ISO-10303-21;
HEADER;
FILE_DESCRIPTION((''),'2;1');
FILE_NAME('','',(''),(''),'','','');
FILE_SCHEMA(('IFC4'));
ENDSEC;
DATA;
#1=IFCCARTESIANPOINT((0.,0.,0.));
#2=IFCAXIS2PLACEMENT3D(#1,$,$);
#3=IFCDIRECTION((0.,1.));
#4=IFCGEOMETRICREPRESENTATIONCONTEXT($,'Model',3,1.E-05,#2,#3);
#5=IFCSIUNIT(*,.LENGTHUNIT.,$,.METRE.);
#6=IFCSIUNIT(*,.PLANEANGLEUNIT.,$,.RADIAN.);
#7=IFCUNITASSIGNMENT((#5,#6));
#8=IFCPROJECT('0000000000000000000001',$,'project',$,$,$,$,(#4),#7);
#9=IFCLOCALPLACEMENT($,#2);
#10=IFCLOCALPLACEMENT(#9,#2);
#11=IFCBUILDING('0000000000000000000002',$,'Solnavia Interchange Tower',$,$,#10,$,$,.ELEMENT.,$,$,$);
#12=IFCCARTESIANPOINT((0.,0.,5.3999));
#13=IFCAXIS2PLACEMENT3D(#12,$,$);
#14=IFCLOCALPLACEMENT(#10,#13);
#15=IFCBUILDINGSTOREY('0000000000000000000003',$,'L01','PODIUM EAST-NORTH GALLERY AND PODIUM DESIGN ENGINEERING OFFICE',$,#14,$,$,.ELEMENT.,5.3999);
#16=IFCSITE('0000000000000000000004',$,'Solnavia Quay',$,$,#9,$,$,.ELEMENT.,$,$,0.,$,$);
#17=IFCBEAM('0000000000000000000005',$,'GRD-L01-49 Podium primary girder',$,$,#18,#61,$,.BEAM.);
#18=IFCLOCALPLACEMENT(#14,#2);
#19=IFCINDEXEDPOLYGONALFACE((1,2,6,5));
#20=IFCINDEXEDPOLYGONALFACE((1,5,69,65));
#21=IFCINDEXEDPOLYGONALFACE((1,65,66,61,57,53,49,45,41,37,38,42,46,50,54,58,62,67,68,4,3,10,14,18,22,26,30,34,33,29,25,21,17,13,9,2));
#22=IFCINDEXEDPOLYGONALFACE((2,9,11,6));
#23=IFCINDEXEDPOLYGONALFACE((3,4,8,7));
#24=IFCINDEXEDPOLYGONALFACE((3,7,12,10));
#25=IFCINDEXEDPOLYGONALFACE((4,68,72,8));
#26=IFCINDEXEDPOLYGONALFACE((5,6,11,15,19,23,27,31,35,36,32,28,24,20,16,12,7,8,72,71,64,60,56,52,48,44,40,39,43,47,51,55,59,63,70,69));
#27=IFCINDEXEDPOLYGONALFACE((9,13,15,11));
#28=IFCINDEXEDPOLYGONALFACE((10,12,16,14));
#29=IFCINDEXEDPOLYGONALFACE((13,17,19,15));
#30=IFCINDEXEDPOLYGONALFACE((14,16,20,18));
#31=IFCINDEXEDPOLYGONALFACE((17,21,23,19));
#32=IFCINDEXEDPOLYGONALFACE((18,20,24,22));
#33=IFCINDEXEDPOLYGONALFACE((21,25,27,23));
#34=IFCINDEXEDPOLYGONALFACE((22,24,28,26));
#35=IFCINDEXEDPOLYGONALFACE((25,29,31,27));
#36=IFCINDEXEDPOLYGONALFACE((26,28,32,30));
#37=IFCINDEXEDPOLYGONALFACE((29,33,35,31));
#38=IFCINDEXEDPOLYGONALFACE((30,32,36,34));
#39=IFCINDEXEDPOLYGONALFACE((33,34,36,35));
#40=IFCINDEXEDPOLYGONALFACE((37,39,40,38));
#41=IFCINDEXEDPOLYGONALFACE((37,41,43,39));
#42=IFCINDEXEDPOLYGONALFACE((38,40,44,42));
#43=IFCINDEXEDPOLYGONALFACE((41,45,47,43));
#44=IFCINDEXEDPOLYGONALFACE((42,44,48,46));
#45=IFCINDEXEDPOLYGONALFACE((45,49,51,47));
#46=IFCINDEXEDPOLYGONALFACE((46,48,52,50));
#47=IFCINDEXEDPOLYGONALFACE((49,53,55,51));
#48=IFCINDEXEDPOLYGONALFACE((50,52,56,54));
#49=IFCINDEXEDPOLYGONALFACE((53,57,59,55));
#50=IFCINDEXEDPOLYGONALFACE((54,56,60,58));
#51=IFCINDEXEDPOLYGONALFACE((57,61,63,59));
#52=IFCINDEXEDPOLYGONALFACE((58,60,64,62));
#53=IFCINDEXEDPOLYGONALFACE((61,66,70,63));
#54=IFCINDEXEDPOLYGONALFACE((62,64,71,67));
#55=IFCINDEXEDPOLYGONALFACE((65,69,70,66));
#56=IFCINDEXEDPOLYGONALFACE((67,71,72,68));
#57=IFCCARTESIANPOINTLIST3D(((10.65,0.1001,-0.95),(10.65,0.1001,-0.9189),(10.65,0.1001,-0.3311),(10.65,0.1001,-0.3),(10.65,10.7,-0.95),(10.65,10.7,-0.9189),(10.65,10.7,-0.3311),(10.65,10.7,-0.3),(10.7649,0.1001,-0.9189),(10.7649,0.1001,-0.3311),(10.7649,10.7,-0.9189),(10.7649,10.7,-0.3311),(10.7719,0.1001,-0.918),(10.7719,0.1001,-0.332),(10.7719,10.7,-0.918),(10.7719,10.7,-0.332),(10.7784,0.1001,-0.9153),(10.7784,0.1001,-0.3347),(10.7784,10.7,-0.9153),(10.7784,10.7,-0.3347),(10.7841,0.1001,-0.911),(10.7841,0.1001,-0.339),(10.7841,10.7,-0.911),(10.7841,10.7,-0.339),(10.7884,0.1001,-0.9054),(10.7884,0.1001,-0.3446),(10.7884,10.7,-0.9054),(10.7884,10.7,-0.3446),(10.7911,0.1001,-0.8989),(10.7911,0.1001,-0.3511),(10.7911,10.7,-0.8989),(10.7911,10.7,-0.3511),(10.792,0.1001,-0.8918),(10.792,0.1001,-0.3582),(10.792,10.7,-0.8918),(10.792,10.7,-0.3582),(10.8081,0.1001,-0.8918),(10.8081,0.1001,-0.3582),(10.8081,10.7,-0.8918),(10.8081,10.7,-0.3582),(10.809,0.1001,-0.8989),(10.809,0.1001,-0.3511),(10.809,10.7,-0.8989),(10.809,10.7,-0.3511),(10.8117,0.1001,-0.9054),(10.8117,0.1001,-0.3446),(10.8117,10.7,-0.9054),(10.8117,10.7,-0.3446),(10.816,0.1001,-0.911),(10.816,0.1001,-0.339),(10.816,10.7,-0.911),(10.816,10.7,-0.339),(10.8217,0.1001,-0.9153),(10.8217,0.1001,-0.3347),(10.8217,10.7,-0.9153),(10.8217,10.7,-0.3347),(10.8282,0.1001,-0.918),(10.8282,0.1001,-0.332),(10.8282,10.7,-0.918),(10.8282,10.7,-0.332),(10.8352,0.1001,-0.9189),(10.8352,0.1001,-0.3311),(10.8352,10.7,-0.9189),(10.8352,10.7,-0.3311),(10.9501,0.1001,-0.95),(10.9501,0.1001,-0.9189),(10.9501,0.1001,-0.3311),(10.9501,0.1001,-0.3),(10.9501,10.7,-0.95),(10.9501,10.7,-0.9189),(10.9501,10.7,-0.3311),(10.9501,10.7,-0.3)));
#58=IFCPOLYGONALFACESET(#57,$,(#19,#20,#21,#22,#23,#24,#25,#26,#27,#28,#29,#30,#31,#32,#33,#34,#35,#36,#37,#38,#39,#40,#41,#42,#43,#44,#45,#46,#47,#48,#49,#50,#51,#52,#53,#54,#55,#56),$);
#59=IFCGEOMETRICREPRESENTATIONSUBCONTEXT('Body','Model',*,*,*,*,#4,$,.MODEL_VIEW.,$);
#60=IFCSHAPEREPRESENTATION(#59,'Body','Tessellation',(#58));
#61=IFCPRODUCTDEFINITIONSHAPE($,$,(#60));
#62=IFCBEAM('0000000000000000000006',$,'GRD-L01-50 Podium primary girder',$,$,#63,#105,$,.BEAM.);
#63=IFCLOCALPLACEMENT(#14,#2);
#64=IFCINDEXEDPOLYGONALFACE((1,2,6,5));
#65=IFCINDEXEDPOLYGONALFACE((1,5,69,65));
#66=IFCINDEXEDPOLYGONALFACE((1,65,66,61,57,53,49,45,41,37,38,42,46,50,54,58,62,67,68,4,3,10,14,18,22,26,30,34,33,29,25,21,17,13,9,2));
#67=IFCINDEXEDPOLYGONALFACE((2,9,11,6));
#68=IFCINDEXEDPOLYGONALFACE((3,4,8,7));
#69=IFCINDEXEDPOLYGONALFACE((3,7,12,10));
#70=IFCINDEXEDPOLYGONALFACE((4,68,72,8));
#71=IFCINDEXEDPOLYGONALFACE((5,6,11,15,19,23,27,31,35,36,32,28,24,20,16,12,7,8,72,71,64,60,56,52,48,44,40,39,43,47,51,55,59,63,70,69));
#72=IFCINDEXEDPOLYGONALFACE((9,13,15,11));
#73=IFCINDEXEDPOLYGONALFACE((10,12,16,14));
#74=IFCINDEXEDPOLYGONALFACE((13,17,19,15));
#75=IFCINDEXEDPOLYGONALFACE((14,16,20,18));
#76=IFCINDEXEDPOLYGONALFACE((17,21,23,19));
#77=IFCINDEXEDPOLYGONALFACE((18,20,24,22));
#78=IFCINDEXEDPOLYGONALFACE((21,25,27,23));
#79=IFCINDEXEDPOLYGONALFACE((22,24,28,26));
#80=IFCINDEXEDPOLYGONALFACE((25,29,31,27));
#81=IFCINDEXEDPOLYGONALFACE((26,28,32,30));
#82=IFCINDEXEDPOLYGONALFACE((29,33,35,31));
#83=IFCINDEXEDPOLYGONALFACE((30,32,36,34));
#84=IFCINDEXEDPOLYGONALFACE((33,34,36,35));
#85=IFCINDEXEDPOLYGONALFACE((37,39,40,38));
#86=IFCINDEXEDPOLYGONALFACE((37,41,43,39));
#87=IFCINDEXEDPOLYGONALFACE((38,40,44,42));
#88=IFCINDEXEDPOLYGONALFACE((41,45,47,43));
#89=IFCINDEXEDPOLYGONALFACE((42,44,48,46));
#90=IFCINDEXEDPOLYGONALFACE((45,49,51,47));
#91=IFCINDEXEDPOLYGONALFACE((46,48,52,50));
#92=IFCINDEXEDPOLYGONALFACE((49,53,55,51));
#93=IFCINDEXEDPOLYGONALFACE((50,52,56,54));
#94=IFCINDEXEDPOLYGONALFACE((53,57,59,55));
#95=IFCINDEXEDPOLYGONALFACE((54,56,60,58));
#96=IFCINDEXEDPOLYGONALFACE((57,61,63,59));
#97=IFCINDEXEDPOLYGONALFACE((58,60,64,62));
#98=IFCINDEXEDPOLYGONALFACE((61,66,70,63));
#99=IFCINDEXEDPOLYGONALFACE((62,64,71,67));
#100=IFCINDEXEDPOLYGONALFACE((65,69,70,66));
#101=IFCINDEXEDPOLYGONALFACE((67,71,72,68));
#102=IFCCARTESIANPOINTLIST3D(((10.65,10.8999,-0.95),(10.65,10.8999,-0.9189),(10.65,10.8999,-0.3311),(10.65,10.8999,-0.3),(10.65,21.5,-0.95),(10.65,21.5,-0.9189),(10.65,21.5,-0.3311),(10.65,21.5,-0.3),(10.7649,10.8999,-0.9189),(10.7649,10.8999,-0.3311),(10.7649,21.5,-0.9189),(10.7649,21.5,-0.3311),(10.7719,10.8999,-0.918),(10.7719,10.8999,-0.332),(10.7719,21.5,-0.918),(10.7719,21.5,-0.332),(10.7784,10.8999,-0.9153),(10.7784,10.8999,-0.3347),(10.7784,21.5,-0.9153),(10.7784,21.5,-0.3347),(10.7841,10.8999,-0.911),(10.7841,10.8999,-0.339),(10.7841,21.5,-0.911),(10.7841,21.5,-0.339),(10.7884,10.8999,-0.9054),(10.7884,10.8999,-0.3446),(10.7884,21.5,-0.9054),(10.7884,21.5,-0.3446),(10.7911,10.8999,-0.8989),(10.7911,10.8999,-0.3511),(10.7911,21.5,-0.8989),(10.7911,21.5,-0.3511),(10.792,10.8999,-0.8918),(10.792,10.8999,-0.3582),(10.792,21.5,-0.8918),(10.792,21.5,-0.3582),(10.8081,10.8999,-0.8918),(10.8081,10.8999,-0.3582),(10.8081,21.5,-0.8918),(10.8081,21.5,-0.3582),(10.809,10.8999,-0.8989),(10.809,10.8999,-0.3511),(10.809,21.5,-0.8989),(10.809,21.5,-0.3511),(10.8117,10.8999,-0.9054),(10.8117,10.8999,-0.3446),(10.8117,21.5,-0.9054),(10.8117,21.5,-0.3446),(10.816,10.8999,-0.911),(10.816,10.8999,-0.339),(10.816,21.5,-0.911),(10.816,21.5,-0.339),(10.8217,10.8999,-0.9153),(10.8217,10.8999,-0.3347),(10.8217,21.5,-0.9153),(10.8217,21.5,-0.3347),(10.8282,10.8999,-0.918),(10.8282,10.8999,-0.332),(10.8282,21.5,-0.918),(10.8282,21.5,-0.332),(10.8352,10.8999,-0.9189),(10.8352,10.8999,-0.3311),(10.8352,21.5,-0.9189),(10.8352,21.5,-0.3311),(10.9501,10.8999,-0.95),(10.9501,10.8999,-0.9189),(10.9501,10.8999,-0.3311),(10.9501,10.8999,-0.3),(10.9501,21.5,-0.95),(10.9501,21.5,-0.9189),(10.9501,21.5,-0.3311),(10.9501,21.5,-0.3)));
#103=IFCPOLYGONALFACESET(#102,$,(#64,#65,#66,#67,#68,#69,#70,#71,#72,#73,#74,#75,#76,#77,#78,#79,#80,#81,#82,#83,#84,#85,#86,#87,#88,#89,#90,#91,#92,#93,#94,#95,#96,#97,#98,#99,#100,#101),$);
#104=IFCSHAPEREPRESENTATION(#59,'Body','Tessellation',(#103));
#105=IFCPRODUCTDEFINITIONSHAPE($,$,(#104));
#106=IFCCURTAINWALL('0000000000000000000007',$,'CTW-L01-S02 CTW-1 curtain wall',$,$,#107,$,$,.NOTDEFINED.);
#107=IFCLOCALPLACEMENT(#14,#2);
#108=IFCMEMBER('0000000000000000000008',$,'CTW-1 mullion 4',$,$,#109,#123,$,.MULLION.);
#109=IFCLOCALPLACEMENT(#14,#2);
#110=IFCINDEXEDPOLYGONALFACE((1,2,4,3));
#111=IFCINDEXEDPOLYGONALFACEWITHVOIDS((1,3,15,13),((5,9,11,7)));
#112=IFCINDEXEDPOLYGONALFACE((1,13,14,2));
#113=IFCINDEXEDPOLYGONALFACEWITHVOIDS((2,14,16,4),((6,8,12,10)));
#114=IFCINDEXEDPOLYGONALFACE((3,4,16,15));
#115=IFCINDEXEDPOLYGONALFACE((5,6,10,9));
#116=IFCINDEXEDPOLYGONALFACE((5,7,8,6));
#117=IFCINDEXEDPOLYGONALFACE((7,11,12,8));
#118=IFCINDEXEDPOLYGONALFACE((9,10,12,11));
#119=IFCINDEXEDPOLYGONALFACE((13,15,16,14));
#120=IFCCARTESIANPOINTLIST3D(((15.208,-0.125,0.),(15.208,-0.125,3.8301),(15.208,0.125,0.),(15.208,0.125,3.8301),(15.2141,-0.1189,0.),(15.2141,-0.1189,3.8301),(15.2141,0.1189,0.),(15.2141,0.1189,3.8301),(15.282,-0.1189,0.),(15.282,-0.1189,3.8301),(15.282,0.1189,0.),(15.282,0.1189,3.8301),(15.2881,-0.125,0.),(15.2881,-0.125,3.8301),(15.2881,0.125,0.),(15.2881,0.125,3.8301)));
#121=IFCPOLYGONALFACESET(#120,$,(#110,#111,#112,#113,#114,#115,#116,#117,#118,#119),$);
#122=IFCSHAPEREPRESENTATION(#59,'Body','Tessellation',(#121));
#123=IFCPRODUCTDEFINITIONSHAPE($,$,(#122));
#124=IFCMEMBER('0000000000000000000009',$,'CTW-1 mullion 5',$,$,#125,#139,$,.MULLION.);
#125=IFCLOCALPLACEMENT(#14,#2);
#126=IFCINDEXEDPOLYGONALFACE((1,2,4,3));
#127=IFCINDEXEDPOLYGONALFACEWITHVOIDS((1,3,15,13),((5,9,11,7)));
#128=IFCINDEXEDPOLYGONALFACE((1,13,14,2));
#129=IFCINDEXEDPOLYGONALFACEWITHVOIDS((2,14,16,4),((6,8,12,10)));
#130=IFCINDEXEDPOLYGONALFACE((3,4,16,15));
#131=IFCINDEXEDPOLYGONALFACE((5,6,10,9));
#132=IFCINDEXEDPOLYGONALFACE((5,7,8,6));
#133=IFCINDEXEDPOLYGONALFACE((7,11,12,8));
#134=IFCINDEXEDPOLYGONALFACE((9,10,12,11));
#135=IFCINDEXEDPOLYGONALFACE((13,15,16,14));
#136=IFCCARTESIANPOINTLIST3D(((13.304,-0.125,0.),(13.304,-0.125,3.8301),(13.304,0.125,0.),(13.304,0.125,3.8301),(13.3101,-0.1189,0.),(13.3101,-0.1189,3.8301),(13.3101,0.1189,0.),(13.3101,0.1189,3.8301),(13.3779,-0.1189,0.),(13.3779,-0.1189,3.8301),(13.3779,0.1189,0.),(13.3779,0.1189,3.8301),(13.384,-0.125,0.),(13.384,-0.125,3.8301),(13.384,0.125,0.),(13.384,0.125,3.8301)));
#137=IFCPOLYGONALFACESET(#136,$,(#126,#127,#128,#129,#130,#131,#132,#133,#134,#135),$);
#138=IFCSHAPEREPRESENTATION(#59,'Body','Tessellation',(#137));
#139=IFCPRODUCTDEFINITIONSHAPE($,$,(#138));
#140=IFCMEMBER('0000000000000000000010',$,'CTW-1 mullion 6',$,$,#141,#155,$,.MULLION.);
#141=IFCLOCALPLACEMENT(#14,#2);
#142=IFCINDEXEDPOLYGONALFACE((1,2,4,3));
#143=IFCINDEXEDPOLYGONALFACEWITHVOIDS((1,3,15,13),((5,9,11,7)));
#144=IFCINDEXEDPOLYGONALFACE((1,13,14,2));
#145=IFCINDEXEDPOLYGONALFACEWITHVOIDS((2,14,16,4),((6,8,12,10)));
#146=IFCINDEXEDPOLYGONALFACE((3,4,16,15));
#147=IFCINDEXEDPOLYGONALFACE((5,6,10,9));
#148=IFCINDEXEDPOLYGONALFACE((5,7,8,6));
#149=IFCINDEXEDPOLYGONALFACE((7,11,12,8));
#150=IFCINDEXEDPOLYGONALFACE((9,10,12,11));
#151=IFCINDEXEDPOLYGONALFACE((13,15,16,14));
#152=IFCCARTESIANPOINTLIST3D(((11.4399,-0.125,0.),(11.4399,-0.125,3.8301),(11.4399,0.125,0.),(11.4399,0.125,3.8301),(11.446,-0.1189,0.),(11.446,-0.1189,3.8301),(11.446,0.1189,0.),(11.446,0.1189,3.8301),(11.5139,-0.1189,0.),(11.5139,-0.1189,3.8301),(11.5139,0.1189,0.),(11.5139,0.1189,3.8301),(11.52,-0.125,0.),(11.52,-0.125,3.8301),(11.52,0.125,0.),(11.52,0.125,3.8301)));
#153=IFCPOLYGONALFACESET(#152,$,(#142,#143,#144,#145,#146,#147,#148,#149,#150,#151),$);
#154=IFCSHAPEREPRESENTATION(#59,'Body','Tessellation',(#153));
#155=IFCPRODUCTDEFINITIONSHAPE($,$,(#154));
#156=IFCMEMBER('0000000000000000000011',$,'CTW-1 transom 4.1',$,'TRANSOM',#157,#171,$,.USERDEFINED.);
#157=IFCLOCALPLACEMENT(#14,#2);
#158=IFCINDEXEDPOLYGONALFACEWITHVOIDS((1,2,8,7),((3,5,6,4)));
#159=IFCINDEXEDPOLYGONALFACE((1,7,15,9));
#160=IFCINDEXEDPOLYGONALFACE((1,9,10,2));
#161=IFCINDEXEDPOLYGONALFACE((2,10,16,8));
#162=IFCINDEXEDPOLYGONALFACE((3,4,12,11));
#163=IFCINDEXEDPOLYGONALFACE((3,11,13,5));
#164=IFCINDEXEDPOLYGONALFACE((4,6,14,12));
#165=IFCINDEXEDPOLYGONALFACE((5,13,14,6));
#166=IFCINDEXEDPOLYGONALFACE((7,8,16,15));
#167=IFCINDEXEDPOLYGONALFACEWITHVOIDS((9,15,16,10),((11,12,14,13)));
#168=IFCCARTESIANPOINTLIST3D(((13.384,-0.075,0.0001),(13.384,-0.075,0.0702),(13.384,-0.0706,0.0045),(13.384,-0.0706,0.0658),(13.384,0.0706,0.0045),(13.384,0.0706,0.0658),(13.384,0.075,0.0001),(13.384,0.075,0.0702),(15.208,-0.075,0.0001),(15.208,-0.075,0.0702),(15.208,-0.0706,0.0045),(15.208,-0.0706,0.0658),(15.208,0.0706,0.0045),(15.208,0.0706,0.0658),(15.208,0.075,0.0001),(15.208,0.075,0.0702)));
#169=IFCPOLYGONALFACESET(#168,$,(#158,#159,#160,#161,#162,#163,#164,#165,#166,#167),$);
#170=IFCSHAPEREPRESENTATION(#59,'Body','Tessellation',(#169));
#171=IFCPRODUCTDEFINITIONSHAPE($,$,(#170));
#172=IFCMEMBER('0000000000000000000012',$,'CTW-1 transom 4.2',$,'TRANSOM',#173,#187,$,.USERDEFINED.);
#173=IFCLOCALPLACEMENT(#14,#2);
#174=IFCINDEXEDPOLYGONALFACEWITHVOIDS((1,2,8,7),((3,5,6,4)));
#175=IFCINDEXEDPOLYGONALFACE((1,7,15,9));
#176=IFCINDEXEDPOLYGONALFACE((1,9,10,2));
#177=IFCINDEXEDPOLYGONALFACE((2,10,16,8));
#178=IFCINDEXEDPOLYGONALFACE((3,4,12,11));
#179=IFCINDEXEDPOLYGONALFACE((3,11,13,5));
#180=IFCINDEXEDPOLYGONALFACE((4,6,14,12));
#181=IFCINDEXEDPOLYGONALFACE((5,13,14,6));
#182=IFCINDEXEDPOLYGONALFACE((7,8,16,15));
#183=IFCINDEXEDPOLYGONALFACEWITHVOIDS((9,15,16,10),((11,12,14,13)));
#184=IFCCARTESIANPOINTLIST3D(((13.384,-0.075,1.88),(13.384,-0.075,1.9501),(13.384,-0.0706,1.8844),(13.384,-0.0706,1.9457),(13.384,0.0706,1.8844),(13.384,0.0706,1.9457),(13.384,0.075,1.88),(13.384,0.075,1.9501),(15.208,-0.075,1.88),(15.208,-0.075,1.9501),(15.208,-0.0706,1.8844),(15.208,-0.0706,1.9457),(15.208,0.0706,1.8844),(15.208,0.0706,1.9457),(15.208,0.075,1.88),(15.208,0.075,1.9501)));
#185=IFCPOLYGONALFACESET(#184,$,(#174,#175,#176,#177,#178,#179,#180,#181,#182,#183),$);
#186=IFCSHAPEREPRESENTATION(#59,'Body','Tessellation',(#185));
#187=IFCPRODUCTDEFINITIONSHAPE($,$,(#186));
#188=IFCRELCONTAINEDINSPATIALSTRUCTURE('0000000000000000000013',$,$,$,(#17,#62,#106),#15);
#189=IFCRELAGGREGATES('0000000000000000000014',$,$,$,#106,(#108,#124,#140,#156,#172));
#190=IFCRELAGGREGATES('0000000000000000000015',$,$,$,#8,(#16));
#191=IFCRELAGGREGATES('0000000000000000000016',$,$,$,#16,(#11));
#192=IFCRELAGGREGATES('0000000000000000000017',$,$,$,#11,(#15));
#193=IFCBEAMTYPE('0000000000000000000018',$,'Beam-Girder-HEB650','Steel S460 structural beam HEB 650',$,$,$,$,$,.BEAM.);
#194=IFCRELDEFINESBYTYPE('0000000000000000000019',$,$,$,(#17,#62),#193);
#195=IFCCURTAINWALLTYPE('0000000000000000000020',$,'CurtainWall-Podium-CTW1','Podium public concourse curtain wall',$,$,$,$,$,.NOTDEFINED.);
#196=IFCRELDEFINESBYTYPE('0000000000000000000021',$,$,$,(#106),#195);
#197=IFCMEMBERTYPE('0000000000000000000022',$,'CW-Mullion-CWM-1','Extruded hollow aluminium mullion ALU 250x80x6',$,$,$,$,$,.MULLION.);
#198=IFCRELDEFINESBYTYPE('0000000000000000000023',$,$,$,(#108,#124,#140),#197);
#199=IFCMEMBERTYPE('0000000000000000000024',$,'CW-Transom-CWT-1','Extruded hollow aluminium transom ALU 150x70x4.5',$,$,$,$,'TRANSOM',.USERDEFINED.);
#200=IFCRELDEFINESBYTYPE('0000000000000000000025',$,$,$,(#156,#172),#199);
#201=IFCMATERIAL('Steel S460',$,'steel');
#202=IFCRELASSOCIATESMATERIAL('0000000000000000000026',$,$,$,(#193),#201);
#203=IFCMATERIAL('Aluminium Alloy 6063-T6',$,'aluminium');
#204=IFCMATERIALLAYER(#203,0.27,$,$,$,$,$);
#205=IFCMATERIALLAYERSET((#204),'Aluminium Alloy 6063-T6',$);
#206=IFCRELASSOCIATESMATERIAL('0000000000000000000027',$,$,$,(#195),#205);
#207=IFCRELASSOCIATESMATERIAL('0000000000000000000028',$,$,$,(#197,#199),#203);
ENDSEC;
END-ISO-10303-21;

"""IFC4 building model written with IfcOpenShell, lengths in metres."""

from ifc_helpers import new_model, si_unit, direction, frame, origin, origin_2d, place, context, subcontext, project, spatial, hollow_rectangle, i_section, extrude, material, layer, layer_set, material_profile, profile_set, type_object, element, aggregate, save


model = new_model("IFC4")

# Units and contexts
model_context = context("Model", 3, precision=1e-05, world=origin(), true_north=direction((0.0, 1.0)))
body_context = subcontext(model_context, "Body", "Model", "MODEL_VIEW")
ifc_project = project(units=[si_unit("LENGTHUNIT", "METRE"), si_unit("PLANEANGLEUNIT", "RADIAN")], contexts=[model_context])

# Site, building, storey
site_placement = place(None, origin())
site = spatial("IfcSite", under=ifc_project, at=site_placement, Name="Solnavia Quay", CompositionType="ELEMENT", RefElevation=0.0)
building_placement = place(site_placement, origin())
building = spatial("IfcBuilding", under=site, at=building_placement, Name="Solnavia Interchange Tower", CompositionType="ELEMENT")
storey_placement = place(building_placement, frame((0.0, 0.0, 5.3999)))
storey = spatial("IfcBuildingStorey", under=building, at=storey_placement, Name="L01", Description="PODIUM EAST-NORTH GALLERY AND PODIUM DESIGN ENGINEERING OFFICE", CompositionType="ELEMENT", Elevation=5.3999)

# Beams
ifc_material_1 = material(Name="Steel S460", Category="steel")
ifc_material_profile_1 = material_profile(ifc_material_1, i_section(OverallWidth=0.3, OverallDepth=0.6499, WebThickness=0.0161, FlangeThickness=0.031, FilletRadius=0.0271, at=origin_2d()), Name="HEB 650")
ifc_profile_set_1 = profile_set([ifc_material_profile_1], Name="Steel S460")
beam_type = type_object("IfcBeamType", Name="Beam-Girder-HEB650", Description="Steel S460 structural beam HEB 650", PredefinedType="BEAM", material=ifc_profile_set_1)
beam_1_placement = place(storey_placement, frame((10.8, 0.1001, -0.625), z_axis=(0.0, 1.0, 0.0), x_axis=(-1.0, 0.0, 0.0)))
element("IfcBeam", 1, at=beam_1_placement, inside=storey, type_object=beam_type, Name="GRD-L01-49 Podium primary girder", PredefinedType="BEAM", context=body_context, shape_type="SweptSolid", body=[
    extrude(i_section(OverallWidth=0.3, OverallDepth=0.6499, WebThickness=0.0161, FlangeThickness=0.031, FilletRadius=0.0271, at=origin_2d()), origin(), (0.0, 0.0, 1.0), 10.5999),
])
beam_2_placement = place(storey_placement, frame((10.8, 10.8999, -0.625), z_axis=(0.0, 1.0, 0.0), x_axis=(-1.0, 0.0, 0.0)))
element("IfcBeam", 2, at=beam_2_placement, inside=storey, type_object=beam_type, Name="GRD-L01-50 Podium primary girder", PredefinedType="BEAM", context=body_context, shape_type="SweptSolid", body=[
    extrude(i_section(OverallWidth=0.3, OverallDepth=0.6499, WebThickness=0.0161, FlangeThickness=0.031, FilletRadius=0.0271, at=origin_2d()), origin(), (0.0, 0.0, 1.0), 10.6001),
])

# Curtain wall, members
ifc_material_2 = material(Name="Aluminium Alloy 6063-T6", Category="aluminium")
ifc_layer_1 = layer(ifc_material_2, 0.27)
ifc_layer_set_1 = layer_set([ifc_layer_1], Name="Aluminium Alloy 6063-T6")
curtain_wall_type = type_object("IfcCurtainWallType", Name="CurtainWall-Podium-CTW1", Description="Podium public concourse curtain wall", PredefinedType="NOTDEFINED", material=ifc_layer_set_1)
curtain_wall_placement = place(storey_placement, origin())
curtain_wall = element("IfcCurtainWall", 3, at=curtain_wall_placement, inside=storey, type_object=curtain_wall_type, Name="CTW-L01-S02 CTW-1 curtain wall", PredefinedType="NOTDEFINED")
ifc_material_profile_2 = material_profile(ifc_material_2, hollow_rectangle(XDim=0.0801, YDim=0.25, WallThickness=0.0061, at=origin_2d()), Name="ALU 250x80x6")
ifc_profile_set_2 = profile_set([ifc_material_profile_2], Name="Aluminium Alloy 6063-T6")
member_type_1 = type_object("IfcMemberType", Name="CW-Mullion-CWM-1", Description="Extruded hollow aluminium mullion ALU 250x80x6", PredefinedType="MULLION", material=ifc_profile_set_2)
member_1_placement = place(storey_placement, frame((15.248, 0.0, 0.0), z_axis=(0.0, 0.0, 1.0), x_axis=(-1.0, 0.0, 0.0)))
member_1 = element("IfcMember", 4, at=member_1_placement, type_object=member_type_1, Name="CTW-1 mullion 4", PredefinedType="MULLION", context=body_context, shape_type="SweptSolid", body=[
    extrude(hollow_rectangle(XDim=0.0801, YDim=0.25, WallThickness=0.0061, at=origin_2d()), origin(), (0.0, 0.0, 1.0), 3.8301),
])
member_2_placement = place(storey_placement, frame((13.344, 0.0, 0.0), z_axis=(0.0, 0.0, 1.0), x_axis=(-1.0, 0.0, 0.0)))
member_2 = element("IfcMember", 5, at=member_2_placement, type_object=member_type_1, Name="CTW-1 mullion 5", PredefinedType="MULLION", context=body_context, shape_type="SweptSolid", body=[
    extrude(hollow_rectangle(XDim=0.0801, YDim=0.25, WallThickness=0.0061, at=origin_2d()), origin(), (0.0, 0.0, 1.0), 3.8301),
])
member_3_placement = place(storey_placement, frame((11.48, 0.0, 0.0), z_axis=(0.0, 0.0, 1.0), x_axis=(-1.0, 0.0, 0.0)))
member_3 = element("IfcMember", 6, at=member_3_placement, type_object=member_type_1, Name="CTW-1 mullion 6", PredefinedType="MULLION", context=body_context, shape_type="SweptSolid", body=[
    extrude(hollow_rectangle(XDim=0.0801, YDim=0.25, WallThickness=0.0061, at=origin_2d()), origin(), (0.0, 0.0, 1.0), 3.8301),
])
ifc_material_profile_3 = material_profile(ifc_material_2, hollow_rectangle(XDim=0.0701, YDim=0.1499, WallThickness=0.0044, at=origin_2d()), Name="ALU 150x70x4.5")
ifc_profile_set_3 = profile_set([ifc_material_profile_3], Name="Aluminium Alloy 6063-T6")
member_type_2 = type_object("IfcMemberType", Name="CW-Transom-CWT-1", Description="Extruded hollow aluminium transom ALU 150x70x4.5", ElementType="TRANSOM", PredefinedType="USERDEFINED", material=ifc_profile_set_3)
member_4_placement = place(storey_placement, frame((15.208, 0.0, 0.0352), z_axis=(-1.0, 0.0, 0.0), x_axis=(0.0, 0.0, 1.0)))
member_4 = element("IfcMember", 7, at=member_4_placement, type_object=member_type_2, Name="CTW-1 transom 4.1", ObjectType="TRANSOM", PredefinedType="USERDEFINED", context=body_context, shape_type="SweptSolid", body=[
    extrude(hollow_rectangle(XDim=0.0701, YDim=0.1499, WallThickness=0.0044, at=origin_2d()), origin(), (0.0, 0.0, 1.0), 1.824),
])
member_5_placement = place(storey_placement, frame((15.208, 0.0, 1.915), z_axis=(-1.0, 0.0, 0.0), x_axis=(0.0, 0.0, 1.0)))
member_5 = element("IfcMember", 8, at=member_5_placement, type_object=member_type_2, Name="CTW-1 transom 4.2", ObjectType="TRANSOM", PredefinedType="USERDEFINED", context=body_context, shape_type="SweptSolid", body=[
    extrude(hollow_rectangle(XDim=0.0701, YDim=0.1499, WallThickness=0.0044, at=origin_2d()), origin(), (0.0, 0.0, 1.0), 1.824),
])
aggregate(curtain_wall, [member_1, member_2, member_3, member_4, member_5])

save(model, "model.ifc")
